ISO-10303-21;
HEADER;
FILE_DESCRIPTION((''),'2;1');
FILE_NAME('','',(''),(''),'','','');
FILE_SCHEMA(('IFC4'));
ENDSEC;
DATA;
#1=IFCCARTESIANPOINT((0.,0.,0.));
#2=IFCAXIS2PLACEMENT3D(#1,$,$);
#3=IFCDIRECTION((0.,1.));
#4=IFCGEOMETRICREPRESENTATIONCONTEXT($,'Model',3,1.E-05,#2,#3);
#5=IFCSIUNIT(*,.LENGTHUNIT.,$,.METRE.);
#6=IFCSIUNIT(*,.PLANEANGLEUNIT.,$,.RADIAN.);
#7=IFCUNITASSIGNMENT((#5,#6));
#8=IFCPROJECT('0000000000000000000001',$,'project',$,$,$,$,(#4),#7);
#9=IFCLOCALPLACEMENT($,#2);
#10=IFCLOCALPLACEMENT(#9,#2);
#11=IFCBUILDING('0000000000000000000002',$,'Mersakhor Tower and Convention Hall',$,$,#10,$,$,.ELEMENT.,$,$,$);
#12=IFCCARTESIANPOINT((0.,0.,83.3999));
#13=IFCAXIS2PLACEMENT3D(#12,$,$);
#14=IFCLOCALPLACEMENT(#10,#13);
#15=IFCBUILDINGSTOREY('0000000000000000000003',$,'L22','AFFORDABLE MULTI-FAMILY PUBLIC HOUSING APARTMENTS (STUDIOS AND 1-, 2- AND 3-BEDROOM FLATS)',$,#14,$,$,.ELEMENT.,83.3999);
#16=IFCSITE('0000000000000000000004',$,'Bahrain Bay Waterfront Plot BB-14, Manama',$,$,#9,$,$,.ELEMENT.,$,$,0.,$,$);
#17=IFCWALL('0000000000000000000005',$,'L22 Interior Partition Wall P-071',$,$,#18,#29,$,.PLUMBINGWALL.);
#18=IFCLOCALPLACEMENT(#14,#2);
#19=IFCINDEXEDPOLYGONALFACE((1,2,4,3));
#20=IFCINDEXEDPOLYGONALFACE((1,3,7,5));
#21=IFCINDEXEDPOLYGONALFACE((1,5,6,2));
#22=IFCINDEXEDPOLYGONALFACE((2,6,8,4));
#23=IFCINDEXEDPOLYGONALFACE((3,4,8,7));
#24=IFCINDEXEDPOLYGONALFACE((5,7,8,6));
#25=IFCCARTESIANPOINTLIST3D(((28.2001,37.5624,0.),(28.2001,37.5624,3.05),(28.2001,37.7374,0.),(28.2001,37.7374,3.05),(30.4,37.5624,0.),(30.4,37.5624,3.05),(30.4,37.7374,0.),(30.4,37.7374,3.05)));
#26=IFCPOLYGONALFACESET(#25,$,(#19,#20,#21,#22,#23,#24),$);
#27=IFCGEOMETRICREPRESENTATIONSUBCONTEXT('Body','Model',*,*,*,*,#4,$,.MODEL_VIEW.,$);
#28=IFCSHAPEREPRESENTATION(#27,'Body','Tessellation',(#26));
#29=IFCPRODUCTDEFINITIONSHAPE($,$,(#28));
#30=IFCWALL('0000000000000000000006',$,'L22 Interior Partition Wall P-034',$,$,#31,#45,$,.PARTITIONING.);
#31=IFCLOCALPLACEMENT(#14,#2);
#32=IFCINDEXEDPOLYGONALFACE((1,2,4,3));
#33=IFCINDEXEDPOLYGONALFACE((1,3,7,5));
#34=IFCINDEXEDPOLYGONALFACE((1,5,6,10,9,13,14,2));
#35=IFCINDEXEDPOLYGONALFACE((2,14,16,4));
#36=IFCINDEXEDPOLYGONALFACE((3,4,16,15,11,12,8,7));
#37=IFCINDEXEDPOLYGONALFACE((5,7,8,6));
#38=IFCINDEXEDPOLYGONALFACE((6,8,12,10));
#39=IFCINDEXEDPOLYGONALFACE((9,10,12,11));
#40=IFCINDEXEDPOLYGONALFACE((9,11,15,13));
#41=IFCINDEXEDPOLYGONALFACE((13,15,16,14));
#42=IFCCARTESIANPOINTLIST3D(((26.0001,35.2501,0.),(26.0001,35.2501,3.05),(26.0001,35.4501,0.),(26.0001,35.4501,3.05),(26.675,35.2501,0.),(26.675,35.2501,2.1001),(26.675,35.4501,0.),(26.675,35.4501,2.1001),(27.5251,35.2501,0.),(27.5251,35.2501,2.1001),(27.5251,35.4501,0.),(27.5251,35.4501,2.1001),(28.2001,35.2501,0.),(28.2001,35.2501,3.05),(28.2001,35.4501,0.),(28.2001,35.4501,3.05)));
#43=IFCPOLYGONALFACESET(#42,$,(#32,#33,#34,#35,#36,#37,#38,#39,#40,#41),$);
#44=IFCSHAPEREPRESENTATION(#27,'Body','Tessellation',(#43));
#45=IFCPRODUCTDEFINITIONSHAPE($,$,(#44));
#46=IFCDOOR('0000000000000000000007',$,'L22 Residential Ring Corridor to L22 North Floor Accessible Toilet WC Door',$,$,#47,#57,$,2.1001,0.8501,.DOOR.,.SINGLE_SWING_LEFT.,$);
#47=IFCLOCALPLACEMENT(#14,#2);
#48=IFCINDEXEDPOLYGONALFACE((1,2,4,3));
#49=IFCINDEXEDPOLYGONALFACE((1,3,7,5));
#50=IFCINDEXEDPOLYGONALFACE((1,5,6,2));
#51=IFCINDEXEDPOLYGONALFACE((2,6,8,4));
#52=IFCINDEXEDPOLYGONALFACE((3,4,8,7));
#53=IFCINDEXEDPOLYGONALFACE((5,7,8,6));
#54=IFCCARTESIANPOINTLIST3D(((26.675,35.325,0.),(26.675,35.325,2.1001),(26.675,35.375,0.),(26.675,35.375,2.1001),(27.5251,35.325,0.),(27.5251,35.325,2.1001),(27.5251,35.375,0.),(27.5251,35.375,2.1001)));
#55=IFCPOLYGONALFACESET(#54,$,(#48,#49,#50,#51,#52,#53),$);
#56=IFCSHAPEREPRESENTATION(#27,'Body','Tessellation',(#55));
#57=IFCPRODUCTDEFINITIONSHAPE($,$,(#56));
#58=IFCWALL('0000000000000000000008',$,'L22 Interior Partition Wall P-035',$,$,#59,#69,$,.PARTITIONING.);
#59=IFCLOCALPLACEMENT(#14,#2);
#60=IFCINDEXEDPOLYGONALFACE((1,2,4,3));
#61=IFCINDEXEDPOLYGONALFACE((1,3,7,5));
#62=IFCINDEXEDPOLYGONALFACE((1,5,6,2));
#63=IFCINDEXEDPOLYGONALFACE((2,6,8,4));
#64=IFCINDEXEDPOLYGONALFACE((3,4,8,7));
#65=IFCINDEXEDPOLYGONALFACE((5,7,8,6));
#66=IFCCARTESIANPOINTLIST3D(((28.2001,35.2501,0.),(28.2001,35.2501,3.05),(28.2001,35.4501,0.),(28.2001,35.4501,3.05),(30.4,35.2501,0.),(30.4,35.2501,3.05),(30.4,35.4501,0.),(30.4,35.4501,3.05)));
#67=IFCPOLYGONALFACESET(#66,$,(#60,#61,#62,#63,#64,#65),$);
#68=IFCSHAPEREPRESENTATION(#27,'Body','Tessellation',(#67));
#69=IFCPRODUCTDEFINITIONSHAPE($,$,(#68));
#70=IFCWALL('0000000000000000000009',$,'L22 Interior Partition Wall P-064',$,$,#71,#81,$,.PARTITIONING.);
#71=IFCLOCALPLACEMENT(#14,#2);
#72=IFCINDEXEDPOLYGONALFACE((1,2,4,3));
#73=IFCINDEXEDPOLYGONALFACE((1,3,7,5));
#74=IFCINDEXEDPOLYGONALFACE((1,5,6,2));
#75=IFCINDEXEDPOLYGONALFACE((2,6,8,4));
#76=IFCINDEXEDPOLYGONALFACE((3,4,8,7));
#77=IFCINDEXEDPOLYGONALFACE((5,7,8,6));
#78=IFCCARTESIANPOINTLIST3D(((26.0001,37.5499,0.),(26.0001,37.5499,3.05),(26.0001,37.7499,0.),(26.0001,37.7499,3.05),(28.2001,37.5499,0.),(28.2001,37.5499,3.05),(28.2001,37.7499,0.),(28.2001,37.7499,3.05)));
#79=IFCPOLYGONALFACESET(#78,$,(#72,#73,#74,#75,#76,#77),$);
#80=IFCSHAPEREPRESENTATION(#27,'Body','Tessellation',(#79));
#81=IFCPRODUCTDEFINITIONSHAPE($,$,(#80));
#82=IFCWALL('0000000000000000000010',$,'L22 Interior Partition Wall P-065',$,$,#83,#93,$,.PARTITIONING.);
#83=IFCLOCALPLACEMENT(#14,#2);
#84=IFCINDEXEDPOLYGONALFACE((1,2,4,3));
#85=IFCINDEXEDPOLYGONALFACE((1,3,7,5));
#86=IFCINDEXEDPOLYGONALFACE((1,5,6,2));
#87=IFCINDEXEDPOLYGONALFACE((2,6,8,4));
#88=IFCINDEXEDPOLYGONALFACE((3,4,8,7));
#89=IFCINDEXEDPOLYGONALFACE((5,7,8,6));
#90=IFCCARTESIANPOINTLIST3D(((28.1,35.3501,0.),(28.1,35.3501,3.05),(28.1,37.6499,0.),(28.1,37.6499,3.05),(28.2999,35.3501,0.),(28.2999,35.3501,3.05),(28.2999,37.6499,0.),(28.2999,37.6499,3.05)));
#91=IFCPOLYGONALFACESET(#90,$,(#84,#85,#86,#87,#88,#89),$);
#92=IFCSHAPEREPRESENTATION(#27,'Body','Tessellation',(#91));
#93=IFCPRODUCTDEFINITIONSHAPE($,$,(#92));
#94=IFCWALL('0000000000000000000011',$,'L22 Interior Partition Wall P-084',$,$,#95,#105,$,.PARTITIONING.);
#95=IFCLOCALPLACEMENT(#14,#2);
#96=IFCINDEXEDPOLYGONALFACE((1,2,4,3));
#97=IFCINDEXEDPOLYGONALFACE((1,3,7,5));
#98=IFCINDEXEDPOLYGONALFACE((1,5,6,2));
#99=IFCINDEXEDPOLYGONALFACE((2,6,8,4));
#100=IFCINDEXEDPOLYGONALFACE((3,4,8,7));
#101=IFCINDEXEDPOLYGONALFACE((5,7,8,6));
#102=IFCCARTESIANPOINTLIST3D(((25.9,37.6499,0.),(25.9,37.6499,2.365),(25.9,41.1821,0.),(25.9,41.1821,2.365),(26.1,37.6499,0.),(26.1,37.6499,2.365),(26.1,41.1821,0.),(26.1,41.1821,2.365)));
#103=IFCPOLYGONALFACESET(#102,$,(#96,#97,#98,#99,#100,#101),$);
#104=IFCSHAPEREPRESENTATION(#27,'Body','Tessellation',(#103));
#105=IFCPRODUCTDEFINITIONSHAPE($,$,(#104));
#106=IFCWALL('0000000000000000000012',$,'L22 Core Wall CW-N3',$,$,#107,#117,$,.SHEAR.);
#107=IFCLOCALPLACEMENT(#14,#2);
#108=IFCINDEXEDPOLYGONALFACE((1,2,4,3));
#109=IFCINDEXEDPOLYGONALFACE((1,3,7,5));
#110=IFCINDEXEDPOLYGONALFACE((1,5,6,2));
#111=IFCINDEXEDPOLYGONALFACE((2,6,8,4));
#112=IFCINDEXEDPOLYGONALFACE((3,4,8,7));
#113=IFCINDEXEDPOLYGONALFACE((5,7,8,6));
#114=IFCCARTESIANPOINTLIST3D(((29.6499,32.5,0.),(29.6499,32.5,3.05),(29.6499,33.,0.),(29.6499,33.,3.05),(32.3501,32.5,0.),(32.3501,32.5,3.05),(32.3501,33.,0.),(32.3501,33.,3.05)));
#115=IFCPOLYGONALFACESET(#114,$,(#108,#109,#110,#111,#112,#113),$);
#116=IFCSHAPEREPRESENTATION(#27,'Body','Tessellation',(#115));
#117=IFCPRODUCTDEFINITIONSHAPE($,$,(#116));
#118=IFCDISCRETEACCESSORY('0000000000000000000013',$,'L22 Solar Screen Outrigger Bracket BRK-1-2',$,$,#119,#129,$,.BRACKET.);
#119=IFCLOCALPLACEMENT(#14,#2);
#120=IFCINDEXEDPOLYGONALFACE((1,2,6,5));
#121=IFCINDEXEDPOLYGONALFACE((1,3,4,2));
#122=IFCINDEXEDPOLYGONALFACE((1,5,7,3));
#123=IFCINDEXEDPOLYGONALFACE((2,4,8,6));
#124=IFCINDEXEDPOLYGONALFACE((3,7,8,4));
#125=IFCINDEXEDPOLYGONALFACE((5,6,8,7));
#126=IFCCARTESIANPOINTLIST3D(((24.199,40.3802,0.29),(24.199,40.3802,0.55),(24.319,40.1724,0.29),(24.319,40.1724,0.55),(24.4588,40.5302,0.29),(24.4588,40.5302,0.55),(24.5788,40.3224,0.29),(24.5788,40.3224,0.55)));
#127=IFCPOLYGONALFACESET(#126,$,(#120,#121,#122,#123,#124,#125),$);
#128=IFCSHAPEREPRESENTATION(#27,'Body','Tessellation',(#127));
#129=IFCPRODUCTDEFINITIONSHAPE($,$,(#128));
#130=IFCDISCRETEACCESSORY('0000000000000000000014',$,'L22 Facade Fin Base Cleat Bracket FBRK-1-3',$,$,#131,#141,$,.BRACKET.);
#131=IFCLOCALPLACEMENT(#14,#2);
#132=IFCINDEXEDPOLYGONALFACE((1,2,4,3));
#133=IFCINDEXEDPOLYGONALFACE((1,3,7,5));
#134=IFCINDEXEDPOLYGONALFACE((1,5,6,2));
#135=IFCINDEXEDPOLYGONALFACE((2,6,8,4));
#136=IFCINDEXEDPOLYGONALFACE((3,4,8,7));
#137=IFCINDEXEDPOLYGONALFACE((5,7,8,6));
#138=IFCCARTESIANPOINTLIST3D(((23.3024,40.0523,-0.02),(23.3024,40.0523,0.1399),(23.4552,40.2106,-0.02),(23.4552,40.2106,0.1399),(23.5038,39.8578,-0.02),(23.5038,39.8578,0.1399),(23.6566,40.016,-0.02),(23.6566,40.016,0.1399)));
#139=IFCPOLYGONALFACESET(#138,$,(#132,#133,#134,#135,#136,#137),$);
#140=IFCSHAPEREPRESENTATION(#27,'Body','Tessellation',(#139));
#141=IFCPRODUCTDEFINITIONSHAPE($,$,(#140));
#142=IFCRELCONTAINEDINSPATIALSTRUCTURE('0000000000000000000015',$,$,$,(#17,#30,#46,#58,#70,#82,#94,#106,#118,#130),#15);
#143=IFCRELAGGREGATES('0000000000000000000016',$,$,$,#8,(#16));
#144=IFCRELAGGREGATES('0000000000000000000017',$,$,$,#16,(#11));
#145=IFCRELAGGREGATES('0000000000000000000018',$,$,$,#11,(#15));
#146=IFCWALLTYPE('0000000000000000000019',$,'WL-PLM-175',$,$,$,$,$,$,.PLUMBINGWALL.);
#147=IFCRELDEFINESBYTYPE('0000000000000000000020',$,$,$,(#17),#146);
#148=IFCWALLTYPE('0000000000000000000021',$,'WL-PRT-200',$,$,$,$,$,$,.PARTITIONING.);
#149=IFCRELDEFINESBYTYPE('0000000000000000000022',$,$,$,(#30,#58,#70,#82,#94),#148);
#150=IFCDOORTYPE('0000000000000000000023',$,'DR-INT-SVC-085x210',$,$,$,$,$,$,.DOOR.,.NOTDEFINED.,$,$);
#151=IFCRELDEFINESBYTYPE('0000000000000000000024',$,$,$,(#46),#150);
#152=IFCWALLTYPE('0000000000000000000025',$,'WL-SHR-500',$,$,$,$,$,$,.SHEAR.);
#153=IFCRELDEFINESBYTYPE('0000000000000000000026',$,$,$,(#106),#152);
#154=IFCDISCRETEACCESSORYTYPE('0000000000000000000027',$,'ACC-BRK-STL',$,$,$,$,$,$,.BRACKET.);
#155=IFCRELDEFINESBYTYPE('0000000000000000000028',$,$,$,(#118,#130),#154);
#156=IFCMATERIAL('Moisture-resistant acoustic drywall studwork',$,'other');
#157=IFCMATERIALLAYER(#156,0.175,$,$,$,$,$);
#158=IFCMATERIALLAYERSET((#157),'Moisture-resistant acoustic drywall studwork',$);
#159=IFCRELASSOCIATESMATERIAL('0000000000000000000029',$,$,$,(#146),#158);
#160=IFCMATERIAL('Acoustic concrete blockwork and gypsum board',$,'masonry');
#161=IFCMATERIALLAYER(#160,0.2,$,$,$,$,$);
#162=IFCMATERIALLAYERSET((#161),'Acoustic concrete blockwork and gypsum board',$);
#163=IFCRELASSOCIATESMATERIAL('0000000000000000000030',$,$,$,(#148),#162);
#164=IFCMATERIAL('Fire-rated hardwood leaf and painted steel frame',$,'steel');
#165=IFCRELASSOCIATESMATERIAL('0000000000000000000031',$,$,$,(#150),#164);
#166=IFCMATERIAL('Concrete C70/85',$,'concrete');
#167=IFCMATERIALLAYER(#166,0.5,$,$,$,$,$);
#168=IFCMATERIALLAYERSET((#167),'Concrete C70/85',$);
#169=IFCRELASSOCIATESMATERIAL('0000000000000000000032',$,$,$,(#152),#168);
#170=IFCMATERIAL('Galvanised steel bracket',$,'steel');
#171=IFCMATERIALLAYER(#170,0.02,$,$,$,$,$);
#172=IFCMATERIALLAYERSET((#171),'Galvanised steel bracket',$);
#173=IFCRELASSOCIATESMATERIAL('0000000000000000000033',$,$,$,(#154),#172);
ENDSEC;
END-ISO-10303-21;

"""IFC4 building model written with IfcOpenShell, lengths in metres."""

from ifc_helpers import new_model, si_unit, direction, frame, frame_2d, origin, origin_2d, place, context, subcontext, project, spatial, rectangle, extrude, material, layer, layer_set, type_object, element, fill, save


model = new_model("IFC4")

# Units and contexts
model_context = context("Model", 3, precision=1e-05, world=origin(), true_north=direction((0.0, 1.0)))
body_context = subcontext(model_context, "Body", "Model", "MODEL_VIEW")
ifc_project = project(units=[si_unit("LENGTHUNIT", "METRE"), si_unit("PLANEANGLEUNIT", "RADIAN")], contexts=[model_context])

# Site, building, storey
site_placement = place(None, origin())
site = spatial("IfcSite", under=ifc_project, at=site_placement, Name="Bahrain Bay Waterfront Plot BB-14, Manama", CompositionType="ELEMENT", RefElevation=0.0)
building_placement = place(site_placement, origin())
building = spatial("IfcBuilding", under=site, at=building_placement, Name="Mersakhor Tower and Convention Hall", CompositionType="ELEMENT")
storey_placement = place(building_placement, frame((0.0, 0.0, 83.3999)))
storey = spatial("IfcBuildingStorey", under=building, at=storey_placement, Name="L22", Description="AFFORDABLE MULTI-FAMILY PUBLIC HOUSING APARTMENTS (STUDIOS AND 1-, 2- AND 3-BEDROOM FLATS)", CompositionType="ELEMENT", Elevation=83.3999)

# Wall
ifc_material_1 = material(Name="Moisture-resistant acoustic drywall studwork", Category="other")
ifc_layer_1 = layer(ifc_material_1, 0.175)
ifc_layer_set_1 = layer_set([ifc_layer_1], Name="Moisture-resistant acoustic drywall studwork")
wall_type_1 = type_object("IfcWallType", Name="WL-PLM-175", PredefinedType="PLUMBINGWALL", material=ifc_layer_set_1)
wall_1_placement = place(storey_placement, frame((28.2, 37.6499, 0.0), z_axis=(0.0, 0.0, 1.0), x_axis=(1.0, 0.0, 0.0)))
element("IfcWall", 1, at=wall_1_placement, inside=storey, type_object=wall_type_1, Name="L22 Interior Partition Wall P-071", PredefinedType="PLUMBINGWALL", context=body_context, shape_type="SweptSolid", body=[
    extrude(rectangle(XDim=2.2, YDim=0.175, at=frame_2d((1.1001, 0.0))), origin(), (0.0, 0.0, 1.0), 3.05),
])

# Wall, opening, door
ifc_material_2 = material(Name="Acoustic concrete blockwork and gypsum board", Category="masonry")
ifc_layer_2 = layer(ifc_material_2, 0.2)
ifc_layer_set_2 = layer_set([ifc_layer_2], Name="Acoustic concrete blockwork and gypsum board")
wall_type_2 = type_object("IfcWallType", Name="WL-PRT-200", PredefinedType="PARTITIONING", material=ifc_layer_set_2)
wall_2_placement = place(storey_placement, frame((26.0, 35.3501, 0.0), z_axis=(0.0, 0.0, 1.0), x_axis=(1.0, 0.0, 0.0)))
wall_2 = element("IfcWall", 2, at=wall_2_placement, inside=storey, type_object=wall_type_2, Name="L22 Interior Partition Wall P-034", PredefinedType="PARTITIONING", context=body_context, shape_type="SweptSolid", body=[
    extrude(rectangle(XDim=2.2, YDim=0.2, at=frame_2d((1.1001, 0.0))), origin(), (0.0, 0.0, 1.0), 3.05),
])
opening_1_placement = place(wall_2_placement, frame((0.675, 0.0, 0.0)))
opening_1 = element("IfcOpeningElement", 3, at=opening_1_placement, cuts=wall_2, PredefinedType="OPENING", context=body_context, shape_type="SweptSolid", body=[
    extrude(rectangle(XDim=0.8501, YDim=2.1001, at=frame_2d((0.425, 1.05))), frame((0.0, 0.1099, 0.0), z_axis=(0.0, -1.0, 0.0), x_axis=(1.0, 0.0, 0.0)), (0.0, 0.0, 1.0), 0.22),
])
ifc_material_3 = material(Name="Fire-rated hardwood leaf and painted steel frame", Category="steel")
door_type = type_object("IfcDoorType", Name="DR-INT-SVC-085x210", OperationType="NOTDEFINED", PredefinedType="DOOR", material=ifc_material_3)
door_placement = place(opening_1_placement, origin())
door = element("IfcDoor", 4, at=door_placement, inside=storey, type_object=door_type, Name="L22 Residential Ring Corridor to L22 North Floor Accessible Toilet WC Door", OperationType="SINGLE_SWING_LEFT", OverallHeight=2.1001, OverallWidth=0.8501, PredefinedType="DOOR", context=body_context, shape_type="SweptSolid", body=[
    extrude(rectangle(XDim=0.8501, YDim=2.1001, at=frame_2d((0.425, 1.05))), frame((0.0, 0.0249, 0.0), z_axis=(0.0, -1.0, 0.0), x_axis=(1.0, 0.0, 0.0)), (0.0, 0.0, 1.0), 0.05),
])
fill(opening_1, door)

# Walls
for number, where, z_axis, x_axis, name in (
    (5, (28.2, 35.3501, 0.0), (0.0, 0.0, 1.0), (1.0, 0.0, 0.0), "L22 Interior Partition Wall P-035"),
    (6, (26.0, 37.6499, 0.0), (0.0, 0.0, 1.0), (1.0, 0.0, 0.0), "L22 Interior Partition Wall P-064"),
):
    element("IfcWall", number, at=place(storey_placement, frame(where, z_axis=z_axis, x_axis=x_axis)), inside=storey, type_object=wall_type_2, Name=name, PredefinedType="PARTITIONING", context=body_context, shape_type="SweptSolid", body=[
        extrude(rectangle(XDim=2.2, YDim=0.2, at=frame_2d((1.1001, 0.0))), origin(), (0.0, 0.0, 1.0), 3.05),
    ])
wall_3_placement = place(storey_placement, frame((28.2, 37.6499, 0.0), z_axis=(0.0, 0.0, 1.0), x_axis=(0.0, -1.0, 0.0)))
element("IfcWall", 7, at=wall_3_placement, inside=storey, type_object=wall_type_2, Name="L22 Interior Partition Wall P-065", PredefinedType="PARTITIONING", context=body_context, shape_type="SweptSolid", body=[
    extrude(rectangle(XDim=2.2998, YDim=0.2, at=frame_2d((1.1499, 0.0))), origin(), (0.0, 0.0, 1.0), 3.05),
])
wall_4_placement = place(storey_placement, frame((26.0, 41.1821, 0.0), z_axis=(0.0, 0.0, 1.0), x_axis=(0.0, -1.0, 0.0)))
element("IfcWall", 8, at=wall_4_placement, inside=storey, type_object=wall_type_2, Name="L22 Interior Partition Wall P-084", PredefinedType="PARTITIONING", context=body_context, shape_type="SweptSolid", body=[
    extrude(rectangle(XDim=3.5322, YDim=0.2, at=frame_2d((1.7661, 0.0))), origin(), (0.0, 0.0, 1.0), 2.365),
])
ifc_material_4 = material(Name="Concrete C70/85", Category="concrete")
ifc_layer_3 = layer(ifc_material_4, 0.5)
ifc_layer_set_3 = layer_set([ifc_layer_3], Name="Concrete C70/85")
wall_type_3 = type_object("IfcWallType", Name="WL-SHR-500", PredefinedType="SHEAR", material=ifc_layer_set_3)
wall_5_placement = place(storey_placement, frame((29.6499, 32.75, 0.0), z_axis=(0.0, 0.0, 1.0), x_axis=(1.0, 0.0, 0.0)))
element("IfcWall", 9, at=wall_5_placement, inside=storey, type_object=wall_type_3, Name="L22 Core Wall CW-N3", PredefinedType="SHEAR", context=body_context, shape_type="SweptSolid", body=[
    extrude(rectangle(XDim=2.7002, YDim=0.5, at=frame_2d((1.3501, 0.0))), origin(), (0.0, 0.0, 1.0), 3.05),
])

# Discrete accessories
ifc_material_5 = material(Name="Galvanised steel bracket", Category="steel")
ifc_layer_4 = layer(ifc_material_5, 0.02)
ifc_layer_set_4 = layer_set([ifc_layer_4], Name="Galvanised steel bracket")
discrete_accessory_type = type_object("IfcDiscreteAccessoryType", Name="ACC-BRK-STL", PredefinedType="BRACKET", material=ifc_layer_set_4)
discrete_accessory_1_placement = place(storey_placement, frame((24.3889, 40.3513, 0.29), z_axis=(0.0, 0.0, 1.0), x_axis=(0.866025, 0.5, 0.0)))
element("IfcDiscreteAccessory", 10, at=discrete_accessory_1_placement, inside=storey, type_object=discrete_accessory_type, Name="L22 Solar Screen Outrigger Bracket BRK-1-2", PredefinedType="BRACKET", context=body_context, shape_type="SweptSolid", body=[
    extrude(rectangle(XDim=0.3, YDim=0.24, at=origin_2d()), origin(), (0.0, 0.0, 1.0), 0.26),
])
discrete_accessory_2_placement = place(storey_placement, frame((23.4795, 40.0342, -0.02), z_axis=(0.0, 0.0, 1.0), x_axis=(-0.71934, 0.694658, 0.0)))
element("IfcDiscreteAccessory", 11, at=discrete_accessory_2_placement, inside=storey, type_object=discrete_accessory_type, Name="L22 Facade Fin Base Cleat Bracket FBRK-1-3", PredefinedType="BRACKET", context=body_context, shape_type="SweptSolid", body=[
    extrude(rectangle(XDim=0.28, YDim=0.22, at=origin_2d()), origin(), (0.0, 0.0, 1.0), 0.1599),
])

save(model, "model.ifc")
